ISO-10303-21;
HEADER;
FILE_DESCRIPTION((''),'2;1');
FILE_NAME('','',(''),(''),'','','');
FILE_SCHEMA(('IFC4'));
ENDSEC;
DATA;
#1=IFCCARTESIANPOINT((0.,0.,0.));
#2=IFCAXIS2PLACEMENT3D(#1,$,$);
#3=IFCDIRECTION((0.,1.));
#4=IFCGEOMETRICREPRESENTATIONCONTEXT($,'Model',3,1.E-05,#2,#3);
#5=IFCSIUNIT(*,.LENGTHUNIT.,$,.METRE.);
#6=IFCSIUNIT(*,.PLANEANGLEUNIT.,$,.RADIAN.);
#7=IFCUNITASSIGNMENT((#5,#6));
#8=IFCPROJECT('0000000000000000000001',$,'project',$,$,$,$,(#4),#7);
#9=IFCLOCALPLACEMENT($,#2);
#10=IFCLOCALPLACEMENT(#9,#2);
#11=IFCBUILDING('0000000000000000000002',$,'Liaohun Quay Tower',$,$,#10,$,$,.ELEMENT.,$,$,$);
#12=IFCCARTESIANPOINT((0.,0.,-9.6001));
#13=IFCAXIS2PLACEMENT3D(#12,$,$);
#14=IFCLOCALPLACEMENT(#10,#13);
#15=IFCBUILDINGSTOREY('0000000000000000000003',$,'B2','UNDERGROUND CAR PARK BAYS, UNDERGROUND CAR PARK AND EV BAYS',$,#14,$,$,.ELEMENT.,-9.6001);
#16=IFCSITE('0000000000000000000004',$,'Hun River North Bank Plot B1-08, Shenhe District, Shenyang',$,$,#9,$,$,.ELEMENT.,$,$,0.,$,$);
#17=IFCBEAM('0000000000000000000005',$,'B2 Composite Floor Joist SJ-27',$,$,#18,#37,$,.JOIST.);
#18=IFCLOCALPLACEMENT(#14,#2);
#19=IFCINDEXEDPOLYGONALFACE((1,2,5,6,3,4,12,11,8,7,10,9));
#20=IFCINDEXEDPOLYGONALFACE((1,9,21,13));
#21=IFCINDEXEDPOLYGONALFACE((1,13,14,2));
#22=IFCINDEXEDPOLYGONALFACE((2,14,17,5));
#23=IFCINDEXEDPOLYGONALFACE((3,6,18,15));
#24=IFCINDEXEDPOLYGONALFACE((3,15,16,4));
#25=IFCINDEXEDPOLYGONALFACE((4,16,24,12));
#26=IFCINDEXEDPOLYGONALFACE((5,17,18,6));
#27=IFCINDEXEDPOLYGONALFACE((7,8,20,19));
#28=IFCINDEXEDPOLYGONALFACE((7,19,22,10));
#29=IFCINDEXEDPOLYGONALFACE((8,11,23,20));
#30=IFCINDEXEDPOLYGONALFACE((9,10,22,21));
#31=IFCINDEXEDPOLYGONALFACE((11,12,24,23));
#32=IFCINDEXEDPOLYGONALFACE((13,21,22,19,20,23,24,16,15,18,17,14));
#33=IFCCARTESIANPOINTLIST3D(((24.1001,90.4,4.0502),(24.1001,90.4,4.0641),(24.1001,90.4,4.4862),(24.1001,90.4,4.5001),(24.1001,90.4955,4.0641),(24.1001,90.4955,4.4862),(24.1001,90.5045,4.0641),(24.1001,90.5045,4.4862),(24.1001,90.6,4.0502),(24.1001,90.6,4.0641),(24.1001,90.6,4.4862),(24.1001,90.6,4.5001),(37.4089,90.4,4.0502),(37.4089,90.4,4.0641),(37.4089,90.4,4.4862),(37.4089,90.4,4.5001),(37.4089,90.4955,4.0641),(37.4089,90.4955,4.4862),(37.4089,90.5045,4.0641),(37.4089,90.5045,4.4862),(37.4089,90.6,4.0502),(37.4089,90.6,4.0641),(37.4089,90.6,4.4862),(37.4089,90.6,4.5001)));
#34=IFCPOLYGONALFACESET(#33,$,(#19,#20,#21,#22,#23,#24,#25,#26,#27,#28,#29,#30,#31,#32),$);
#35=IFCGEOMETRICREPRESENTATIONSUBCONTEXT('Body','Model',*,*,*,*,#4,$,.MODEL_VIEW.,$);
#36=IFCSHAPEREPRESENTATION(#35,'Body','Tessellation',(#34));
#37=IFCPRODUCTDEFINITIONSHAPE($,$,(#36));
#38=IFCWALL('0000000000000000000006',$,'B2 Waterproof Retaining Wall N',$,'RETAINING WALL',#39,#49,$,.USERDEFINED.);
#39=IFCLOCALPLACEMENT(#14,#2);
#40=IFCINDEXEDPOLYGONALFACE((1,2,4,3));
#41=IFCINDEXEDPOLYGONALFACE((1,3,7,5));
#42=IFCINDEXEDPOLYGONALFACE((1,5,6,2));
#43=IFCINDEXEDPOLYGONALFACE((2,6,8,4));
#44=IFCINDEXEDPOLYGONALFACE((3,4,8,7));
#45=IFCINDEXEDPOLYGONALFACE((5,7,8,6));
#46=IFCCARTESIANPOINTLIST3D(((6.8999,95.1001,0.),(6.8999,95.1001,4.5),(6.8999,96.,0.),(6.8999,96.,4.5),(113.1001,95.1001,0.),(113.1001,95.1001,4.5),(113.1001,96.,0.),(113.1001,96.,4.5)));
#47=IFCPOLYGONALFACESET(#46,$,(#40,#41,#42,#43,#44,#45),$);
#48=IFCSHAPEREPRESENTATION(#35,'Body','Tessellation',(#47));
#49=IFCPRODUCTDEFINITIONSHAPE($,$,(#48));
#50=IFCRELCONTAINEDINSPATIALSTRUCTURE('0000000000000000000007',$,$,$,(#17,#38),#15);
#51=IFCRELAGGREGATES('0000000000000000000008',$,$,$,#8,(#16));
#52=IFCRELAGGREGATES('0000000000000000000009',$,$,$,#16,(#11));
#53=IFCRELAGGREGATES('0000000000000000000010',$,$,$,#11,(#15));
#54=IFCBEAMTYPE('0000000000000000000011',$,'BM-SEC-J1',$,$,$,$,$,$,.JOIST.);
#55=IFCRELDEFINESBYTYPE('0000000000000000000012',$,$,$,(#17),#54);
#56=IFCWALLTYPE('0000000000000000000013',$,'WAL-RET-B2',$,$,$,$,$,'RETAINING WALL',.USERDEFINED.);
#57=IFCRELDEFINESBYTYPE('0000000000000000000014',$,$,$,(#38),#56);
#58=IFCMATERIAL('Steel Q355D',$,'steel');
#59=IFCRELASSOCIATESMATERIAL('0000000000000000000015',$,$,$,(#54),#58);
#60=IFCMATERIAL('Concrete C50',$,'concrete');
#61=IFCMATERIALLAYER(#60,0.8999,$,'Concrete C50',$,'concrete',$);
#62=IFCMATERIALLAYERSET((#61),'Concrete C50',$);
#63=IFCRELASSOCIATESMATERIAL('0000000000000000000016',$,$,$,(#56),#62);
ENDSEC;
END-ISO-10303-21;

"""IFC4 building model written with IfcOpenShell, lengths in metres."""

from ifc_helpers import new_model, si_unit, direction, frame, frame_2d, origin, origin_2d, place, context, subcontext, project, spatial, rectangle, i_section, extrude, source, transform, mapped, material, layer, layer_set, material_profile, profile_set, type_object, element, save


model = new_model("IFC4")

# Units and contexts
model_context = context("Model", 3, precision=1e-05, world=origin(), true_north=direction((0.0, 1.0)))
body_context = subcontext(model_context, "Body", "Model", "MODEL_VIEW")
ifc_project = project(units=[si_unit("LENGTHUNIT", "METRE"), si_unit("PLANEANGLEUNIT", "RADIAN")], contexts=[model_context])

# Site, building, storey
site_placement = place(None, origin())
site = spatial("IfcSite", under=ifc_project, at=site_placement, Name="Hun River North Bank Plot B1-08, Shenhe District, Shenyang", CompositionType="ELEMENT", RefElevation=0.0)
building_placement = place(site_placement, origin())
building = spatial("IfcBuilding", under=site, at=building_placement, Name="Liaohun Quay Tower", CompositionType="ELEMENT")
storey_placement = place(building_placement, frame((0.0, 0.0, -9.6001)))
storey = spatial("IfcBuildingStorey", under=building, at=storey_placement, Name="B2", Description="UNDERGROUND CAR PARK BAYS, UNDERGROUND CAR PARK AND EV BAYS", CompositionType="ELEMENT", Elevation=-9.6001)

# Shared definitions
ifc_material_1 = material(Name="Concrete C50", Category="concrete")

# Beam
ifc_material_2 = material(Name="Steel Q355D", Category="steel")
ifc_material_profile_1 = material_profile(ifc_material_2, i_section(OverallWidth=0.2, OverallDepth=0.45, WebThickness=0.009, FlangeThickness=0.0139, at=origin_2d()), Name="HN450x200x9x14")
ifc_profile_set_1 = profile_set([ifc_material_profile_1], Name="Steel Q355D")
beam_type_1 = type_object("IfcBeamType", Name="BM-SEC-J1", PredefinedType="JOIST", material=ifc_profile_set_1)
shared_shape_1 = source(origin(), body_context, "Body", "SweptSolid", [
    extrude(i_section(OverallWidth=0.2, OverallDepth=0.45, WebThickness=0.009, FlangeThickness=0.0139, at=origin_2d()), origin(), (0.0, 0.0, 1.0), 13.3088),
])
beam_1_placement = place(storey_placement, frame((24.1001, 90.5, 4.2751), z_axis=(1.0, 0.0, 0.0), x_axis=(0.0, 1.0, 0.0)))
element("IfcBeam", 1, at=beam_1_placement, inside=storey, type_object=beam_type_1, Name="B2 Composite Floor Joist SJ-27", PredefinedType="JOIST", context=body_context, shape_type="MappedRepresentation", body=[
    mapped(shared_shape_1, transform((0.0, 0.0, 0.0), x_axis=(1.0, 0.0, 0.0), y_axis=(0.0, 1.0, 0.0), z_axis=(0.0, 0.0, 1.0), scale=1.0)),
])

# Wall
ifc_layer = layer(ifc_material_1, 0.8999, Name="Concrete C50", Category="concrete")
ifc_layer_set = layer_set([ifc_layer], Name="Concrete C50")
wall_type = type_object("IfcWallType", Name="WAL-RET-B2", ElementType="RETAINING WALL", PredefinedType="USERDEFINED", material=ifc_layer_set)
wall_placement = place(storey_placement, frame((6.8999, 95.55, 0.0), z_axis=(0.0, 0.0, 1.0), x_axis=(1.0, 0.0, 0.0)))
element("IfcWall", 2, at=wall_placement, inside=storey, type_object=wall_type, Name="B2 Waterproof Retaining Wall N", ObjectType="RETAINING WALL", PredefinedType="USERDEFINED", context=body_context, shape_type="SweptSolid", body=[
    extrude(rectangle(XDim=106.2002, YDim=0.8999, at=frame_2d((53.1001, 0.0))), origin(), (0.0, 0.0, 1.0), 4.5),
])

save(model, "model.ifc")
